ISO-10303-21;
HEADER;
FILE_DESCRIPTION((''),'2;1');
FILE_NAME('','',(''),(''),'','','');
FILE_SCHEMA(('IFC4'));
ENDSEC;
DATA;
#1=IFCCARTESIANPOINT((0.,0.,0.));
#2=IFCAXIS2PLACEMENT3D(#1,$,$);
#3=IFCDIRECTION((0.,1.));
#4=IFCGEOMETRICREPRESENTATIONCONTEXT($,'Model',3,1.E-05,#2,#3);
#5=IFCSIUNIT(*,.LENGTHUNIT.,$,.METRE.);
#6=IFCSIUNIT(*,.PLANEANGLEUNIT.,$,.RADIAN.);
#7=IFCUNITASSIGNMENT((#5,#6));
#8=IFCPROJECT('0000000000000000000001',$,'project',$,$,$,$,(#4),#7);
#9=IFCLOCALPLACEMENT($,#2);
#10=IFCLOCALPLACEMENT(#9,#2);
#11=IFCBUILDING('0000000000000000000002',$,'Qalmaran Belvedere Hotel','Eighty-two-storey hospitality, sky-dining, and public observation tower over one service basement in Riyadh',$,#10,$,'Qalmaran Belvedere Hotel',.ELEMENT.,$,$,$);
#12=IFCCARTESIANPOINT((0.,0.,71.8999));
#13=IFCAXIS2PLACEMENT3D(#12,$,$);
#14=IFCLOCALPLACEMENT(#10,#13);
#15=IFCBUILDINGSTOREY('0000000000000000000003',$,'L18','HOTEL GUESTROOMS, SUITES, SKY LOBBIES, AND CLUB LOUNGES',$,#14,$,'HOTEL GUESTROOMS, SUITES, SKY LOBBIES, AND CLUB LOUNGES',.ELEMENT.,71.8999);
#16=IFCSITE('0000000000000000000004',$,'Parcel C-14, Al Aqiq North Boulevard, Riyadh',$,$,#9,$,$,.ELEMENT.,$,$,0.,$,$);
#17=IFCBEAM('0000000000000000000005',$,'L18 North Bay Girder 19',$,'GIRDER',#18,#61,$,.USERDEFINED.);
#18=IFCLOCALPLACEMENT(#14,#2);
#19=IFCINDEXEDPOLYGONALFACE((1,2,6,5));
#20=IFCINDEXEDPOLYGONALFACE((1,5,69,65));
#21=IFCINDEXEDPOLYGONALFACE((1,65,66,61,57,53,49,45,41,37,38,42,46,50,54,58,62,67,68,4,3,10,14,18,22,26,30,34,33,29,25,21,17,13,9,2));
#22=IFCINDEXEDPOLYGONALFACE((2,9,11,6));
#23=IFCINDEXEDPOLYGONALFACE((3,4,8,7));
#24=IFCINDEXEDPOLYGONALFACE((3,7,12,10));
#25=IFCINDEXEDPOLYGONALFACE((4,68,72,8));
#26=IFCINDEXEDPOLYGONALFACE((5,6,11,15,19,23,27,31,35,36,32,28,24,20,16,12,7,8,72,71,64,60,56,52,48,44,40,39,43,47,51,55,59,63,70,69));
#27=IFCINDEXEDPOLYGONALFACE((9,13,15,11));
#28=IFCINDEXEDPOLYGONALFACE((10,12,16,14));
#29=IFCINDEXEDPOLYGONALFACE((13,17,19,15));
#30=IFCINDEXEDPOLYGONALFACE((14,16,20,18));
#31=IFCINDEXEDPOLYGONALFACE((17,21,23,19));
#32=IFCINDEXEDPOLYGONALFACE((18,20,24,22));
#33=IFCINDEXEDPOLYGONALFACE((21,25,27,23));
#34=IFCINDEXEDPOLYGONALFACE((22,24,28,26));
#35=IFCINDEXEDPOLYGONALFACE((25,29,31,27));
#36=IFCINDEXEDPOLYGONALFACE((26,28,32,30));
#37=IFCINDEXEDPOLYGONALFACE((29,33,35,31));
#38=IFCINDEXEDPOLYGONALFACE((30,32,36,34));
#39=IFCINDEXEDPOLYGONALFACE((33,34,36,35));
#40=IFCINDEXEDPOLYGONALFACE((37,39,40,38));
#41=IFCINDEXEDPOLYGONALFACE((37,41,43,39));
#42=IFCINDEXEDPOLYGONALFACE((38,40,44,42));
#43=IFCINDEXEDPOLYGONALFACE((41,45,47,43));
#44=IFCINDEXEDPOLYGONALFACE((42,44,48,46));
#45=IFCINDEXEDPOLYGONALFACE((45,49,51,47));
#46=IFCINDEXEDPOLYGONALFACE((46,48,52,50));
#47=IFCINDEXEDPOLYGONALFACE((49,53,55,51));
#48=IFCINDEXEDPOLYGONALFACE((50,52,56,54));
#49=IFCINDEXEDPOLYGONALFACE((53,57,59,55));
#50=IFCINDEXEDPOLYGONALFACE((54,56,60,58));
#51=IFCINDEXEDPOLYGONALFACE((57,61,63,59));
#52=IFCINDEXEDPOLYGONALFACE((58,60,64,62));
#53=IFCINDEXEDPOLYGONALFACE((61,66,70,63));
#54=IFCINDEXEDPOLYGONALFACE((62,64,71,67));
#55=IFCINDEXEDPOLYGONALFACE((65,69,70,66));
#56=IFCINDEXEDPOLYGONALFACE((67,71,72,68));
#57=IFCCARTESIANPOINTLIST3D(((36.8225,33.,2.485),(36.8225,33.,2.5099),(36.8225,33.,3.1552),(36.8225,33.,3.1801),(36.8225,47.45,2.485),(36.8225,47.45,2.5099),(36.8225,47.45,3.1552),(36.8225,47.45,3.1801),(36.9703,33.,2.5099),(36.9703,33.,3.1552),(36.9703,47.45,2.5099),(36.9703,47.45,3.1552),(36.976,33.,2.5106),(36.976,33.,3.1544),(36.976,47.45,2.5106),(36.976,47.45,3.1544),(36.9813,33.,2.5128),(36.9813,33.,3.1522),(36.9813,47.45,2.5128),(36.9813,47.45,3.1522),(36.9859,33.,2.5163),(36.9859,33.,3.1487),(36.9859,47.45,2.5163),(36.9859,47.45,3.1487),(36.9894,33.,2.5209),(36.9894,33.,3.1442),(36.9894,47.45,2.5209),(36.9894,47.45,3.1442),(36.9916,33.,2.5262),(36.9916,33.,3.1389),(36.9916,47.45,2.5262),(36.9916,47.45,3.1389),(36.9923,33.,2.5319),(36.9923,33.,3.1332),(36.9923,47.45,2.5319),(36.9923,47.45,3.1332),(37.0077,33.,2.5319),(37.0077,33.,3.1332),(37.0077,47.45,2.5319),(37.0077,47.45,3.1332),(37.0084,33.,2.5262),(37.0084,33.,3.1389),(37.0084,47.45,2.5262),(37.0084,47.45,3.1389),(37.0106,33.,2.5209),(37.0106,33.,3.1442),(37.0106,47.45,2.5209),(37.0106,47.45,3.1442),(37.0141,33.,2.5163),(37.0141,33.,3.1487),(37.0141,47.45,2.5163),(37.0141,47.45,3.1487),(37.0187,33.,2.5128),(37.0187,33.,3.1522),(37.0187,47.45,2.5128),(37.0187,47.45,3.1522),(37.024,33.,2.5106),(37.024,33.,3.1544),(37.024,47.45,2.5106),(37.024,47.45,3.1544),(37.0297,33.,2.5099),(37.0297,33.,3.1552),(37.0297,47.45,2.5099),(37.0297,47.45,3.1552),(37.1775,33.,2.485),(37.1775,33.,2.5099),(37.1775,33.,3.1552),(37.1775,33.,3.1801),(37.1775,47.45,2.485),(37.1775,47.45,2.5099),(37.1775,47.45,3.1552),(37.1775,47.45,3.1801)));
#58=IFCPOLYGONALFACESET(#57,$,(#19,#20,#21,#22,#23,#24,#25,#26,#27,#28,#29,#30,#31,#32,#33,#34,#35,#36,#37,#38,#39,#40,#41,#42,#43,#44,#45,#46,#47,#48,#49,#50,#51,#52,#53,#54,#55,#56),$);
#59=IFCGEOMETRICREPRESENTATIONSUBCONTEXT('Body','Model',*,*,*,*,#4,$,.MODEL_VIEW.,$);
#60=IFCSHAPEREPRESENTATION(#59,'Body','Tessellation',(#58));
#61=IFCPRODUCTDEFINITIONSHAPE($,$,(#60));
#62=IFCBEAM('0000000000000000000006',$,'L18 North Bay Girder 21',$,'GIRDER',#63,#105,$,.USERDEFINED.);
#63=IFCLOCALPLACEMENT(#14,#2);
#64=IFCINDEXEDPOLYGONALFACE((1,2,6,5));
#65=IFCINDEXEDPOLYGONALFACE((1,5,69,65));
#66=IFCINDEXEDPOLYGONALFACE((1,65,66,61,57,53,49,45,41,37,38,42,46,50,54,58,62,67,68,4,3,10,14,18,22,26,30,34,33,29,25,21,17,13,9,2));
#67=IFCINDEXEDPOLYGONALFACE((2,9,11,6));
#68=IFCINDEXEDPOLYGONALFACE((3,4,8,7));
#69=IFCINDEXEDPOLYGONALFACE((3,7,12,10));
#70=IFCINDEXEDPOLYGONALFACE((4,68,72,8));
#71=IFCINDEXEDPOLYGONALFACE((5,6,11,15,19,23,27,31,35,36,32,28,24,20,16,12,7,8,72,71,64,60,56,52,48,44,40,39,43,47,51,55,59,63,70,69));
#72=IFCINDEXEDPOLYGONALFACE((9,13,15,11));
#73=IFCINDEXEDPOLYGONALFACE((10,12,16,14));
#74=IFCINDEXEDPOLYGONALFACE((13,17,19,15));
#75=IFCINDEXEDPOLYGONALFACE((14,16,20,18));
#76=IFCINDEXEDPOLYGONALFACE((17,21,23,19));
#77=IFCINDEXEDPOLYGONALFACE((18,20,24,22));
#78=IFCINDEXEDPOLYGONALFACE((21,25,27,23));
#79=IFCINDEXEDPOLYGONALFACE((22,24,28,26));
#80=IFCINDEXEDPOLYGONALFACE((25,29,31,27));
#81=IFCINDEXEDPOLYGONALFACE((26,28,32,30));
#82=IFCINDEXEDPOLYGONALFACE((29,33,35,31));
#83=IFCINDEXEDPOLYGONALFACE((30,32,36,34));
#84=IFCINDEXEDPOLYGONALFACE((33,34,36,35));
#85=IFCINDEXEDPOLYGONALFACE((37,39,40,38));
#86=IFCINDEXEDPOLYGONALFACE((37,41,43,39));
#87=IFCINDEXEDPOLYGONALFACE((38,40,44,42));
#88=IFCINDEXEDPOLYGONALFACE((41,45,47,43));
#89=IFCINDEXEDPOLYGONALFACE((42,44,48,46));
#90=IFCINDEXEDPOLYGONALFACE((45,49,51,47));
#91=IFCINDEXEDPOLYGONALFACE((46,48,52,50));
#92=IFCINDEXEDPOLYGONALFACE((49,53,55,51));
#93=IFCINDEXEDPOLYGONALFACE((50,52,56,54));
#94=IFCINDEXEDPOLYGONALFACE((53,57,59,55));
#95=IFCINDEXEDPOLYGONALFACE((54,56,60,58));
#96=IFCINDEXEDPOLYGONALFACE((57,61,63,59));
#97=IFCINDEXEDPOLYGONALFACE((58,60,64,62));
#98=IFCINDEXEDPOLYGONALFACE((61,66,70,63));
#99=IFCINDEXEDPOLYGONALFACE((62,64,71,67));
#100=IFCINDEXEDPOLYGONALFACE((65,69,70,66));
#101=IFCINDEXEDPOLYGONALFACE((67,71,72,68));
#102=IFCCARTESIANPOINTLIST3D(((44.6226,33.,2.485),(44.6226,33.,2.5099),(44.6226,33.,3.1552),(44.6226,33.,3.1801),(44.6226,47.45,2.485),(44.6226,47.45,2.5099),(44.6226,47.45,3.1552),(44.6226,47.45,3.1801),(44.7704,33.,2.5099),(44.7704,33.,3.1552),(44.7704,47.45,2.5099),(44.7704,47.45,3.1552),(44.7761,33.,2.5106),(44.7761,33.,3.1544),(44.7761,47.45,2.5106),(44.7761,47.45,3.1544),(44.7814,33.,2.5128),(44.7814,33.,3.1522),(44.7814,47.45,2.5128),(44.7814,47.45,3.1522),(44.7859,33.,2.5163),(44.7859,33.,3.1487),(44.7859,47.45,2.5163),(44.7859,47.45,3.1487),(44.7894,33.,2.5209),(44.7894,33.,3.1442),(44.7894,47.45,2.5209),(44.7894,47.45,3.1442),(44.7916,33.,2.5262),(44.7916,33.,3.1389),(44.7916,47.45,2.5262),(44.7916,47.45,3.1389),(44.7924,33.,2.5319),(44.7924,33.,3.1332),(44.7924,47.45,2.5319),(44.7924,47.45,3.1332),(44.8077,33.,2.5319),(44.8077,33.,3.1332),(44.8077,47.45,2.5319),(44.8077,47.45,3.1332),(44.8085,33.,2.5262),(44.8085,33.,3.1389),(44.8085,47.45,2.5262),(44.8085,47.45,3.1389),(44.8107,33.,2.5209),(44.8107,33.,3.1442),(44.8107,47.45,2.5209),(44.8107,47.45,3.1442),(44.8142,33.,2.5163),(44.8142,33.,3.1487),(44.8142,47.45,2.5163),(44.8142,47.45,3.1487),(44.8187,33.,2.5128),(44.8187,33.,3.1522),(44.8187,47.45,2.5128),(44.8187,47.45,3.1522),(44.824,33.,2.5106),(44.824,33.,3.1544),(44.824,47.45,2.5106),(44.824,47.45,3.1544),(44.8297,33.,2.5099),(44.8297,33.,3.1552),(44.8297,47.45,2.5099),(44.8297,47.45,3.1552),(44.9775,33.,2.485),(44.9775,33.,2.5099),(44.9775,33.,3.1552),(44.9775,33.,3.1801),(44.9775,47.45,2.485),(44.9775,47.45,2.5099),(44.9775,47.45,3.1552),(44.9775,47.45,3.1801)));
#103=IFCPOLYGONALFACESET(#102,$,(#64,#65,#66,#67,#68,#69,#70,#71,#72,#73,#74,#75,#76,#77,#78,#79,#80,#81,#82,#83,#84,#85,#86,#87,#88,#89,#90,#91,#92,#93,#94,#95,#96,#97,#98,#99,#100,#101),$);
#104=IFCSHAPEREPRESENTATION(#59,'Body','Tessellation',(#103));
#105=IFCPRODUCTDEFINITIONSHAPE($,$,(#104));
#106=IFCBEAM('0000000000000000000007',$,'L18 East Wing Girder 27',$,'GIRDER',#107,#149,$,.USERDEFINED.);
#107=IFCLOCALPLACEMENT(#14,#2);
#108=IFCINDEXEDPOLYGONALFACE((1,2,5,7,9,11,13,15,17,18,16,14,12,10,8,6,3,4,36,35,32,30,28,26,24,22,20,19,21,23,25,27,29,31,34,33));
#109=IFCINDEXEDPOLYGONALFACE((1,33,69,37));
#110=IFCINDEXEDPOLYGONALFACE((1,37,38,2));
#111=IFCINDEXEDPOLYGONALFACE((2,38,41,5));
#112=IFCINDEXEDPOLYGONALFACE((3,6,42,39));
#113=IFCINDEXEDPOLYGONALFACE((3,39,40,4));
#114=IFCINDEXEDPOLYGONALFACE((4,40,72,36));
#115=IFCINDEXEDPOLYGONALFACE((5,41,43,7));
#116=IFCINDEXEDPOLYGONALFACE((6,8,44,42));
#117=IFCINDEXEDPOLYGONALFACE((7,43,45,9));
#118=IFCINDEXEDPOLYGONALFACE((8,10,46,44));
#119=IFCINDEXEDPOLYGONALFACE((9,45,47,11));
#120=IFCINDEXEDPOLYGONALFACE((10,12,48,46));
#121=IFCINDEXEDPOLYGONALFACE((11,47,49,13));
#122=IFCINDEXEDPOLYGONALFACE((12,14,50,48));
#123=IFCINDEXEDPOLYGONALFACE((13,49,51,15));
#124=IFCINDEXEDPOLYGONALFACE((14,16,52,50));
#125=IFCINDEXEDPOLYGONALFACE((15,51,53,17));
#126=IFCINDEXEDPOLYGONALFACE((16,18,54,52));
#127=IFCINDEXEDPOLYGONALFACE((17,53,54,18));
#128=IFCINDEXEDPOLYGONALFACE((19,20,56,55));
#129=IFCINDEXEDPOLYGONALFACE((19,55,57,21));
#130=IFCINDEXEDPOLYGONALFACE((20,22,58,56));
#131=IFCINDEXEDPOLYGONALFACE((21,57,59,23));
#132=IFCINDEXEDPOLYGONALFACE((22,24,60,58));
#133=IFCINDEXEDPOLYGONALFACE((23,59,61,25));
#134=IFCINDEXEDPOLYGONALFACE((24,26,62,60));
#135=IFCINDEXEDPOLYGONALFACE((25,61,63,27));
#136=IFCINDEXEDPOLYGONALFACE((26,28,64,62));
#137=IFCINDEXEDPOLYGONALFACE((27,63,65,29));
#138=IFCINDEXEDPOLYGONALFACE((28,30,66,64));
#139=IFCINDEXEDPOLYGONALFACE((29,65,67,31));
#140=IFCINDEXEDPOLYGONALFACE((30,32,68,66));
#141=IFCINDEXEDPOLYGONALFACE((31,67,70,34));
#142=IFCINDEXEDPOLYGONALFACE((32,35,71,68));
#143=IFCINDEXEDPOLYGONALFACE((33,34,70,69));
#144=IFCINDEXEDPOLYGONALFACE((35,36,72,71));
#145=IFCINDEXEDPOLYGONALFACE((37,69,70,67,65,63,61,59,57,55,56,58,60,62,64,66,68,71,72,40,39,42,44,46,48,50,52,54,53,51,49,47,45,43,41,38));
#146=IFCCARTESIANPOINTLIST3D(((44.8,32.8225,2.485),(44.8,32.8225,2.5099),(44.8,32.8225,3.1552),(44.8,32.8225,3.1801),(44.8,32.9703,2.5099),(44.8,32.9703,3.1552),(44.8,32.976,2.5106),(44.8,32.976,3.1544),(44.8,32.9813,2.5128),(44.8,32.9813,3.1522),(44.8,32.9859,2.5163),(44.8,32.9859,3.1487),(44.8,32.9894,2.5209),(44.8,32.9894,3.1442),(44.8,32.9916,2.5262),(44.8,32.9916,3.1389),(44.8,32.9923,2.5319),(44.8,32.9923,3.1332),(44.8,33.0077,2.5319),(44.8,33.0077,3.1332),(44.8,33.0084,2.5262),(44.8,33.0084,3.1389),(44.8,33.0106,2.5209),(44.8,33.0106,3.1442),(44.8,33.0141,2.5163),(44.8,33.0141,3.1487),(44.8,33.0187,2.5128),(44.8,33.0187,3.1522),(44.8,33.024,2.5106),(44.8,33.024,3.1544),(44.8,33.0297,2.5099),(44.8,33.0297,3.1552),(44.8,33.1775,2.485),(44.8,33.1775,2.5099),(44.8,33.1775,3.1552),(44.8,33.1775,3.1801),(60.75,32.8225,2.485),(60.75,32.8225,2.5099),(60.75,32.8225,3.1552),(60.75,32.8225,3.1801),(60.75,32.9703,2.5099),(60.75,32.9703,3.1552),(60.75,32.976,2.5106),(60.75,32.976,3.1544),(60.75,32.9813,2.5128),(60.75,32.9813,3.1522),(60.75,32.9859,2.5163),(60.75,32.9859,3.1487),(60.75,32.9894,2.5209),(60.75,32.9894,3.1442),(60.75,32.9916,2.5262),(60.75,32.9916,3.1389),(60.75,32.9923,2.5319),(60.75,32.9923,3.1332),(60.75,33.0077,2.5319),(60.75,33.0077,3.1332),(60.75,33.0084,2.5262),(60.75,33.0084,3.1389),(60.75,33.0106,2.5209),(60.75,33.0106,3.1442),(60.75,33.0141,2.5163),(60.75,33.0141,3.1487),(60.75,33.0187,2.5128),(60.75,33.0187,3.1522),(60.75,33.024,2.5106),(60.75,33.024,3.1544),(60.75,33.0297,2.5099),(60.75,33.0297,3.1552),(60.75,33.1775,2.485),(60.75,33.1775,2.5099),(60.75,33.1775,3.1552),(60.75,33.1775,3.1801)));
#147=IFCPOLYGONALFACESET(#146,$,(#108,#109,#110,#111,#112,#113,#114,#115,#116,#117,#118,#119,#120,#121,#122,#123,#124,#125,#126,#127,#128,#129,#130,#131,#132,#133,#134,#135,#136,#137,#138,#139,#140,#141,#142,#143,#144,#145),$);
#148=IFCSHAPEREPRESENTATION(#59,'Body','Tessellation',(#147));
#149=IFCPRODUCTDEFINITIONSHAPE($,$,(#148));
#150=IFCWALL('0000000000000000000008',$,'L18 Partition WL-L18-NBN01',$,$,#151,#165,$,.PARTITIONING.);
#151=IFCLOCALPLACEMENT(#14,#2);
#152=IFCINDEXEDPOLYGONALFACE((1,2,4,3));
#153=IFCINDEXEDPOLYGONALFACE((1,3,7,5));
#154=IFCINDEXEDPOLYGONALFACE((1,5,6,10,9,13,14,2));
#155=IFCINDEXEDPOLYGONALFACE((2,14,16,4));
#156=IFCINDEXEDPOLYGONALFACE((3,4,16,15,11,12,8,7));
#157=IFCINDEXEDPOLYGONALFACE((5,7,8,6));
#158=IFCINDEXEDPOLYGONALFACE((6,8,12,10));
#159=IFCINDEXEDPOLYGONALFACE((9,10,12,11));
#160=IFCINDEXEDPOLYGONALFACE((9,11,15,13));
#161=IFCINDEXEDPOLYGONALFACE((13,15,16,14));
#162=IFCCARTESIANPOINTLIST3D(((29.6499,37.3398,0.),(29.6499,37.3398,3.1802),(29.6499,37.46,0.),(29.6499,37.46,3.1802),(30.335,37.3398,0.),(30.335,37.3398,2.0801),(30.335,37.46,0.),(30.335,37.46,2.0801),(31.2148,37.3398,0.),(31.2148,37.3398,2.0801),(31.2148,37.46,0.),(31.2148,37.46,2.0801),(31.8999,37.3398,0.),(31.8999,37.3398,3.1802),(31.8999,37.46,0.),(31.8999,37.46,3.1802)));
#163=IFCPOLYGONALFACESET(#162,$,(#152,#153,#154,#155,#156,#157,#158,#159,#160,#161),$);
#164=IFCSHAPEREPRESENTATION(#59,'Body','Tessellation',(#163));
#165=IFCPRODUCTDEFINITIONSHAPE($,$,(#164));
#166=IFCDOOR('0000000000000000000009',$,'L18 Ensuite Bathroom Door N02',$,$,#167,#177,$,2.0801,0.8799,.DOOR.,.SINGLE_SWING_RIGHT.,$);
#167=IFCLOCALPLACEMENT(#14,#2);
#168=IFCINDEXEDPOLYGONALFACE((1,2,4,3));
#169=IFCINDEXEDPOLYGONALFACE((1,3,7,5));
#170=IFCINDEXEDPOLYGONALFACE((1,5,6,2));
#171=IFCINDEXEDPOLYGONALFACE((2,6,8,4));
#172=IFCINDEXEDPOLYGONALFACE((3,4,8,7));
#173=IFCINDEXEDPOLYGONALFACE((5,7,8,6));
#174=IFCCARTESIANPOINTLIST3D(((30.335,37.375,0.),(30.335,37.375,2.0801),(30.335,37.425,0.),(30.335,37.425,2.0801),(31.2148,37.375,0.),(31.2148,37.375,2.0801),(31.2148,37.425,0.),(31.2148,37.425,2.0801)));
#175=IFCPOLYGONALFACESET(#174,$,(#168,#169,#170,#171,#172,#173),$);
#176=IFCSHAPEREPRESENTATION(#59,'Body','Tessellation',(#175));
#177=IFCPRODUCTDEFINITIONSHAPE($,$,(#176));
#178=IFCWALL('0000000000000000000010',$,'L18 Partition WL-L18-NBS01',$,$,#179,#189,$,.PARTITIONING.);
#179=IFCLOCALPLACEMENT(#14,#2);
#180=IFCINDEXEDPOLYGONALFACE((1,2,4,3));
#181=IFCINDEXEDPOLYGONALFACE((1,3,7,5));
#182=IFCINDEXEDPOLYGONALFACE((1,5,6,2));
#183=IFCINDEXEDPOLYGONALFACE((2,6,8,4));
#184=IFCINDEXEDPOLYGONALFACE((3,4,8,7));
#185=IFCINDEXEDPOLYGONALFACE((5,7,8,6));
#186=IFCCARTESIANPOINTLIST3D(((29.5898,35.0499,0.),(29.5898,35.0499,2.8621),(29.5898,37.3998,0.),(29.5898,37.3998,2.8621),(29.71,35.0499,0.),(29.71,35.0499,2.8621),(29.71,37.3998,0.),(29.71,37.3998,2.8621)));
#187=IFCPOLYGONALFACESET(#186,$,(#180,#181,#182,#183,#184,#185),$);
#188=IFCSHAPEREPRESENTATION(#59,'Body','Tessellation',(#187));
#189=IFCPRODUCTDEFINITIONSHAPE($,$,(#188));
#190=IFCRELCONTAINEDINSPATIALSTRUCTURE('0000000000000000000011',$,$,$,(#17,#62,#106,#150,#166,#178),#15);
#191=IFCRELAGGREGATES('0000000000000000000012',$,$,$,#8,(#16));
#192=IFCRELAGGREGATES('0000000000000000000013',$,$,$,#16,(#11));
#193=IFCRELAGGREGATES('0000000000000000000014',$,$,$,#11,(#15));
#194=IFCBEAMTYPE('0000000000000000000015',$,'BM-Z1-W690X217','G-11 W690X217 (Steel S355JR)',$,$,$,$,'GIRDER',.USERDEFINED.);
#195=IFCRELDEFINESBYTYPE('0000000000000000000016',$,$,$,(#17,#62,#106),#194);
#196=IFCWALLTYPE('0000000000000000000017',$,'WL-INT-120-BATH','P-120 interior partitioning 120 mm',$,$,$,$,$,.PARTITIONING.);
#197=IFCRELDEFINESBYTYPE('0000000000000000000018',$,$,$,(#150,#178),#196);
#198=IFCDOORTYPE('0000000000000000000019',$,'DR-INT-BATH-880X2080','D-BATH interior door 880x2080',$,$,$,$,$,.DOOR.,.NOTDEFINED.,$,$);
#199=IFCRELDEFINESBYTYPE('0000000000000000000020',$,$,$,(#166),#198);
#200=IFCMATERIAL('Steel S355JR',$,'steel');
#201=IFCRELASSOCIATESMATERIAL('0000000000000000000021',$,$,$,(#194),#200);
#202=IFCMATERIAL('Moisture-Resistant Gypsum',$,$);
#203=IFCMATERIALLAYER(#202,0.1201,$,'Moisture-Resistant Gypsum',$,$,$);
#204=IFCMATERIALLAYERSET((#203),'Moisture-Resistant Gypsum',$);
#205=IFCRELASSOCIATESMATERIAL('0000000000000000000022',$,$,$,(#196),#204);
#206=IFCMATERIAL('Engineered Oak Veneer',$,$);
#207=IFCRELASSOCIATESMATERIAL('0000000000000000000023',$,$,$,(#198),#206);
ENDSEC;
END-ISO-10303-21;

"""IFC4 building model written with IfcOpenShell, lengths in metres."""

from ifc_helpers import new_model, si_unit, direction, frame, frame_2d, origin, origin_2d, place, context, subcontext, project, spatial, rectangle, i_section, extrude, material, layer, layer_set, material_profile, profile_set, type_object, element, fill, save


model = new_model("IFC4")

# Units and contexts
model_context = context("Model", 3, precision=1e-05, world=origin(), true_north=direction((0.0, 1.0)))
body_context = subcontext(model_context, "Body", "Model", "MODEL_VIEW")
ifc_project = project(units=[si_unit("LENGTHUNIT", "METRE"), si_unit("PLANEANGLEUNIT", "RADIAN")], contexts=[model_context])

# Site, building, storey
site_placement = place(None, origin())
site = spatial("IfcSite", under=ifc_project, at=site_placement, Name="Parcel C-14, Al Aqiq North Boulevard, Riyadh", CompositionType="ELEMENT", RefElevation=0.0)
building_placement = place(site_placement, origin())
building = spatial("IfcBuilding", under=site, at=building_placement, Name="Qalmaran Belvedere Hotel", Description="Eighty-two-storey hospitality, sky-dining, and public observation tower over one service basement in Riyadh", LongName="Qalmaran Belvedere Hotel", CompositionType="ELEMENT")
storey_placement = place(building_placement, frame((0.0, 0.0, 71.8999)))
storey = spatial("IfcBuildingStorey", under=building, at=storey_placement, Name="L18", Description="HOTEL GUESTROOMS, SUITES, SKY LOBBIES, AND CLUB LOUNGES", LongName="HOTEL GUESTROOMS, SUITES, SKY LOBBIES, AND CLUB LOUNGES", CompositionType="ELEMENT", Elevation=71.8999)

# Beams
ifc_material_1 = material(Name="Steel S355JR", Category="steel")
ifc_material_profile_1 = material_profile(ifc_material_1, i_section(OverallWidth=0.355, OverallDepth=0.6951, WebThickness=0.0154, FlangeThickness=0.0249, FilletRadius=0.022, at=origin_2d()), Name="W690X217")
ifc_profile_set_1 = profile_set([ifc_material_profile_1], Name="Steel S355JR")
beam_type_1 = type_object("IfcBeamType", Name="BM-Z1-W690X217", Description="G-11 W690X217 (Steel S355JR)", ElementType="GIRDER", PredefinedType="USERDEFINED", material=ifc_profile_set_1)
for number, where, z_axis, x_axis, name in (
    (1, (37.0, 33.0, 2.8325), (0.0, 1.0, 0.0), (-1.0, 0.0, 0.0), "L18 North Bay Girder 19"),
    (2, (44.8, 33.0, 2.8325), (0.0, 1.0, 0.0), (-1.0, 0.0, 0.0), "L18 North Bay Girder 21"),
):
    element("IfcBeam", number, at=place(storey_placement, frame(where, z_axis=z_axis, x_axis=x_axis)), inside=storey, type_object=beam_type_1, Name=name, ObjectType="GIRDER", PredefinedType="USERDEFINED", context=body_context, shape_type="SweptSolid", body=[
        extrude(i_section(OverallWidth=0.355, OverallDepth=0.6951, WebThickness=0.0154, FlangeThickness=0.0249, FilletRadius=0.022, at=origin_2d()), origin(), (0.0, 0.0, 1.0), 14.45),
    ])
beam_1_placement = place(storey_placement, frame((44.8, 33.0, 2.8325), z_axis=(1.0, 0.0, 0.0), x_axis=(0.0, 1.0, 0.0)))
element("IfcBeam", 3, at=beam_1_placement, inside=storey, type_object=beam_type_1, Name="L18 East Wing Girder 27", ObjectType="GIRDER", PredefinedType="USERDEFINED", context=body_context, shape_type="SweptSolid", body=[
    extrude(i_section(OverallWidth=0.355, OverallDepth=0.6951, WebThickness=0.0154, FlangeThickness=0.0249, FilletRadius=0.022, at=origin_2d()), origin(), (0.0, 0.0, 1.0), 15.95),
])

# Wall, opening, door
ifc_material_2 = material(Name="Moisture-Resistant Gypsum")
ifc_layer_1 = layer(ifc_material_2, 0.1201, Name="Moisture-Resistant Gypsum")
ifc_layer_set_1 = layer_set([ifc_layer_1], Name="Moisture-Resistant Gypsum")
wall_type_1 = type_object("IfcWallType", Name="WL-INT-120-BATH", Description="P-120 interior partitioning 120 mm", PredefinedType="PARTITIONING", material=ifc_layer_set_1)
wall_1_placement = place(storey_placement, frame((29.6499, 37.3999, 0.0), z_axis=(0.0, 0.0, 1.0), x_axis=(1.0, 0.0, 0.0)))
wall_1 = element("IfcWall", 4, at=wall_1_placement, inside=storey, type_object=wall_type_1, Name="L18 Partition WL-L18-NBN01", PredefinedType="PARTITIONING", context=body_context, shape_type="SweptSolid", body=[
    extrude(rectangle(XDim=2.25, YDim=0.1201, at=frame_2d((1.125, 0.0))), origin(), (0.0, 0.0, 1.0), 3.1802),
])
opening_1_placement = place(wall_1_placement, frame((1.5649, 0.0, 0.0), z_axis=(0.0, 0.0, 1.0), x_axis=(-1.0, 0.0, 0.0)))
opening_1 = element("IfcOpeningElement", 5, at=opening_1_placement, cuts=wall_1, PredefinedType="OPENING", context=body_context, shape_type="SweptSolid", body=[
    extrude(rectangle(XDim=0.8799, YDim=2.0801, at=frame_2d((0.4399, 1.04))), frame((0.0, 0.0701, 0.0), z_axis=(0.0, -1.0, 0.0), x_axis=(1.0, 0.0, 0.0)), (0.0, 0.0, 1.0), 0.1401),
])
ifc_material_3 = material(Name="Engineered Oak Veneer")
door_type_1 = type_object("IfcDoorType", Name="DR-INT-BATH-880X2080", Description="D-BATH interior door 880x2080", OperationType="NOTDEFINED", PredefinedType="DOOR", material=ifc_material_3)
door_1_placement = place(opening_1_placement, origin())
door_1 = element("IfcDoor", 6, at=door_1_placement, inside=storey, type_object=door_type_1, Name="L18 Ensuite Bathroom Door N02", OperationType="SINGLE_SWING_RIGHT", OverallHeight=2.0801, OverallWidth=0.8799, PredefinedType="DOOR", context=body_context, shape_type="SweptSolid", body=[
    extrude(rectangle(XDim=0.8799, YDim=2.0801, at=frame_2d((0.4399, 1.04))), frame((0.0, 0.0249, 0.0), z_axis=(0.0, -1.0, 0.0), x_axis=(1.0, 0.0, 0.0)), (0.0, 0.0, 1.0), 0.05),
])
fill(opening_1, door_1)

# Wall
for number, where, z_axis, x_axis, name in (
    (7, (29.6499, 35.05, 0.0), (0.0, 0.0, 1.0), (0.0, 1.0, 0.0), "L18 Partition WL-L18-NBS01"),
):
    element("IfcWall", number, at=place(storey_placement, frame(where, z_axis=z_axis, x_axis=x_axis)), inside=storey, type_object=wall_type_1, Name=name, PredefinedType="PARTITIONING", context=body_context, shape_type="SweptSolid", body=[
        extrude(rectangle(XDim=2.3499, YDim=0.1201, at=frame_2d((1.1748, 0.0))), origin(), (0.0, 0.0, 1.0), 2.8621),
    ])

save(model, "model.ifc")
